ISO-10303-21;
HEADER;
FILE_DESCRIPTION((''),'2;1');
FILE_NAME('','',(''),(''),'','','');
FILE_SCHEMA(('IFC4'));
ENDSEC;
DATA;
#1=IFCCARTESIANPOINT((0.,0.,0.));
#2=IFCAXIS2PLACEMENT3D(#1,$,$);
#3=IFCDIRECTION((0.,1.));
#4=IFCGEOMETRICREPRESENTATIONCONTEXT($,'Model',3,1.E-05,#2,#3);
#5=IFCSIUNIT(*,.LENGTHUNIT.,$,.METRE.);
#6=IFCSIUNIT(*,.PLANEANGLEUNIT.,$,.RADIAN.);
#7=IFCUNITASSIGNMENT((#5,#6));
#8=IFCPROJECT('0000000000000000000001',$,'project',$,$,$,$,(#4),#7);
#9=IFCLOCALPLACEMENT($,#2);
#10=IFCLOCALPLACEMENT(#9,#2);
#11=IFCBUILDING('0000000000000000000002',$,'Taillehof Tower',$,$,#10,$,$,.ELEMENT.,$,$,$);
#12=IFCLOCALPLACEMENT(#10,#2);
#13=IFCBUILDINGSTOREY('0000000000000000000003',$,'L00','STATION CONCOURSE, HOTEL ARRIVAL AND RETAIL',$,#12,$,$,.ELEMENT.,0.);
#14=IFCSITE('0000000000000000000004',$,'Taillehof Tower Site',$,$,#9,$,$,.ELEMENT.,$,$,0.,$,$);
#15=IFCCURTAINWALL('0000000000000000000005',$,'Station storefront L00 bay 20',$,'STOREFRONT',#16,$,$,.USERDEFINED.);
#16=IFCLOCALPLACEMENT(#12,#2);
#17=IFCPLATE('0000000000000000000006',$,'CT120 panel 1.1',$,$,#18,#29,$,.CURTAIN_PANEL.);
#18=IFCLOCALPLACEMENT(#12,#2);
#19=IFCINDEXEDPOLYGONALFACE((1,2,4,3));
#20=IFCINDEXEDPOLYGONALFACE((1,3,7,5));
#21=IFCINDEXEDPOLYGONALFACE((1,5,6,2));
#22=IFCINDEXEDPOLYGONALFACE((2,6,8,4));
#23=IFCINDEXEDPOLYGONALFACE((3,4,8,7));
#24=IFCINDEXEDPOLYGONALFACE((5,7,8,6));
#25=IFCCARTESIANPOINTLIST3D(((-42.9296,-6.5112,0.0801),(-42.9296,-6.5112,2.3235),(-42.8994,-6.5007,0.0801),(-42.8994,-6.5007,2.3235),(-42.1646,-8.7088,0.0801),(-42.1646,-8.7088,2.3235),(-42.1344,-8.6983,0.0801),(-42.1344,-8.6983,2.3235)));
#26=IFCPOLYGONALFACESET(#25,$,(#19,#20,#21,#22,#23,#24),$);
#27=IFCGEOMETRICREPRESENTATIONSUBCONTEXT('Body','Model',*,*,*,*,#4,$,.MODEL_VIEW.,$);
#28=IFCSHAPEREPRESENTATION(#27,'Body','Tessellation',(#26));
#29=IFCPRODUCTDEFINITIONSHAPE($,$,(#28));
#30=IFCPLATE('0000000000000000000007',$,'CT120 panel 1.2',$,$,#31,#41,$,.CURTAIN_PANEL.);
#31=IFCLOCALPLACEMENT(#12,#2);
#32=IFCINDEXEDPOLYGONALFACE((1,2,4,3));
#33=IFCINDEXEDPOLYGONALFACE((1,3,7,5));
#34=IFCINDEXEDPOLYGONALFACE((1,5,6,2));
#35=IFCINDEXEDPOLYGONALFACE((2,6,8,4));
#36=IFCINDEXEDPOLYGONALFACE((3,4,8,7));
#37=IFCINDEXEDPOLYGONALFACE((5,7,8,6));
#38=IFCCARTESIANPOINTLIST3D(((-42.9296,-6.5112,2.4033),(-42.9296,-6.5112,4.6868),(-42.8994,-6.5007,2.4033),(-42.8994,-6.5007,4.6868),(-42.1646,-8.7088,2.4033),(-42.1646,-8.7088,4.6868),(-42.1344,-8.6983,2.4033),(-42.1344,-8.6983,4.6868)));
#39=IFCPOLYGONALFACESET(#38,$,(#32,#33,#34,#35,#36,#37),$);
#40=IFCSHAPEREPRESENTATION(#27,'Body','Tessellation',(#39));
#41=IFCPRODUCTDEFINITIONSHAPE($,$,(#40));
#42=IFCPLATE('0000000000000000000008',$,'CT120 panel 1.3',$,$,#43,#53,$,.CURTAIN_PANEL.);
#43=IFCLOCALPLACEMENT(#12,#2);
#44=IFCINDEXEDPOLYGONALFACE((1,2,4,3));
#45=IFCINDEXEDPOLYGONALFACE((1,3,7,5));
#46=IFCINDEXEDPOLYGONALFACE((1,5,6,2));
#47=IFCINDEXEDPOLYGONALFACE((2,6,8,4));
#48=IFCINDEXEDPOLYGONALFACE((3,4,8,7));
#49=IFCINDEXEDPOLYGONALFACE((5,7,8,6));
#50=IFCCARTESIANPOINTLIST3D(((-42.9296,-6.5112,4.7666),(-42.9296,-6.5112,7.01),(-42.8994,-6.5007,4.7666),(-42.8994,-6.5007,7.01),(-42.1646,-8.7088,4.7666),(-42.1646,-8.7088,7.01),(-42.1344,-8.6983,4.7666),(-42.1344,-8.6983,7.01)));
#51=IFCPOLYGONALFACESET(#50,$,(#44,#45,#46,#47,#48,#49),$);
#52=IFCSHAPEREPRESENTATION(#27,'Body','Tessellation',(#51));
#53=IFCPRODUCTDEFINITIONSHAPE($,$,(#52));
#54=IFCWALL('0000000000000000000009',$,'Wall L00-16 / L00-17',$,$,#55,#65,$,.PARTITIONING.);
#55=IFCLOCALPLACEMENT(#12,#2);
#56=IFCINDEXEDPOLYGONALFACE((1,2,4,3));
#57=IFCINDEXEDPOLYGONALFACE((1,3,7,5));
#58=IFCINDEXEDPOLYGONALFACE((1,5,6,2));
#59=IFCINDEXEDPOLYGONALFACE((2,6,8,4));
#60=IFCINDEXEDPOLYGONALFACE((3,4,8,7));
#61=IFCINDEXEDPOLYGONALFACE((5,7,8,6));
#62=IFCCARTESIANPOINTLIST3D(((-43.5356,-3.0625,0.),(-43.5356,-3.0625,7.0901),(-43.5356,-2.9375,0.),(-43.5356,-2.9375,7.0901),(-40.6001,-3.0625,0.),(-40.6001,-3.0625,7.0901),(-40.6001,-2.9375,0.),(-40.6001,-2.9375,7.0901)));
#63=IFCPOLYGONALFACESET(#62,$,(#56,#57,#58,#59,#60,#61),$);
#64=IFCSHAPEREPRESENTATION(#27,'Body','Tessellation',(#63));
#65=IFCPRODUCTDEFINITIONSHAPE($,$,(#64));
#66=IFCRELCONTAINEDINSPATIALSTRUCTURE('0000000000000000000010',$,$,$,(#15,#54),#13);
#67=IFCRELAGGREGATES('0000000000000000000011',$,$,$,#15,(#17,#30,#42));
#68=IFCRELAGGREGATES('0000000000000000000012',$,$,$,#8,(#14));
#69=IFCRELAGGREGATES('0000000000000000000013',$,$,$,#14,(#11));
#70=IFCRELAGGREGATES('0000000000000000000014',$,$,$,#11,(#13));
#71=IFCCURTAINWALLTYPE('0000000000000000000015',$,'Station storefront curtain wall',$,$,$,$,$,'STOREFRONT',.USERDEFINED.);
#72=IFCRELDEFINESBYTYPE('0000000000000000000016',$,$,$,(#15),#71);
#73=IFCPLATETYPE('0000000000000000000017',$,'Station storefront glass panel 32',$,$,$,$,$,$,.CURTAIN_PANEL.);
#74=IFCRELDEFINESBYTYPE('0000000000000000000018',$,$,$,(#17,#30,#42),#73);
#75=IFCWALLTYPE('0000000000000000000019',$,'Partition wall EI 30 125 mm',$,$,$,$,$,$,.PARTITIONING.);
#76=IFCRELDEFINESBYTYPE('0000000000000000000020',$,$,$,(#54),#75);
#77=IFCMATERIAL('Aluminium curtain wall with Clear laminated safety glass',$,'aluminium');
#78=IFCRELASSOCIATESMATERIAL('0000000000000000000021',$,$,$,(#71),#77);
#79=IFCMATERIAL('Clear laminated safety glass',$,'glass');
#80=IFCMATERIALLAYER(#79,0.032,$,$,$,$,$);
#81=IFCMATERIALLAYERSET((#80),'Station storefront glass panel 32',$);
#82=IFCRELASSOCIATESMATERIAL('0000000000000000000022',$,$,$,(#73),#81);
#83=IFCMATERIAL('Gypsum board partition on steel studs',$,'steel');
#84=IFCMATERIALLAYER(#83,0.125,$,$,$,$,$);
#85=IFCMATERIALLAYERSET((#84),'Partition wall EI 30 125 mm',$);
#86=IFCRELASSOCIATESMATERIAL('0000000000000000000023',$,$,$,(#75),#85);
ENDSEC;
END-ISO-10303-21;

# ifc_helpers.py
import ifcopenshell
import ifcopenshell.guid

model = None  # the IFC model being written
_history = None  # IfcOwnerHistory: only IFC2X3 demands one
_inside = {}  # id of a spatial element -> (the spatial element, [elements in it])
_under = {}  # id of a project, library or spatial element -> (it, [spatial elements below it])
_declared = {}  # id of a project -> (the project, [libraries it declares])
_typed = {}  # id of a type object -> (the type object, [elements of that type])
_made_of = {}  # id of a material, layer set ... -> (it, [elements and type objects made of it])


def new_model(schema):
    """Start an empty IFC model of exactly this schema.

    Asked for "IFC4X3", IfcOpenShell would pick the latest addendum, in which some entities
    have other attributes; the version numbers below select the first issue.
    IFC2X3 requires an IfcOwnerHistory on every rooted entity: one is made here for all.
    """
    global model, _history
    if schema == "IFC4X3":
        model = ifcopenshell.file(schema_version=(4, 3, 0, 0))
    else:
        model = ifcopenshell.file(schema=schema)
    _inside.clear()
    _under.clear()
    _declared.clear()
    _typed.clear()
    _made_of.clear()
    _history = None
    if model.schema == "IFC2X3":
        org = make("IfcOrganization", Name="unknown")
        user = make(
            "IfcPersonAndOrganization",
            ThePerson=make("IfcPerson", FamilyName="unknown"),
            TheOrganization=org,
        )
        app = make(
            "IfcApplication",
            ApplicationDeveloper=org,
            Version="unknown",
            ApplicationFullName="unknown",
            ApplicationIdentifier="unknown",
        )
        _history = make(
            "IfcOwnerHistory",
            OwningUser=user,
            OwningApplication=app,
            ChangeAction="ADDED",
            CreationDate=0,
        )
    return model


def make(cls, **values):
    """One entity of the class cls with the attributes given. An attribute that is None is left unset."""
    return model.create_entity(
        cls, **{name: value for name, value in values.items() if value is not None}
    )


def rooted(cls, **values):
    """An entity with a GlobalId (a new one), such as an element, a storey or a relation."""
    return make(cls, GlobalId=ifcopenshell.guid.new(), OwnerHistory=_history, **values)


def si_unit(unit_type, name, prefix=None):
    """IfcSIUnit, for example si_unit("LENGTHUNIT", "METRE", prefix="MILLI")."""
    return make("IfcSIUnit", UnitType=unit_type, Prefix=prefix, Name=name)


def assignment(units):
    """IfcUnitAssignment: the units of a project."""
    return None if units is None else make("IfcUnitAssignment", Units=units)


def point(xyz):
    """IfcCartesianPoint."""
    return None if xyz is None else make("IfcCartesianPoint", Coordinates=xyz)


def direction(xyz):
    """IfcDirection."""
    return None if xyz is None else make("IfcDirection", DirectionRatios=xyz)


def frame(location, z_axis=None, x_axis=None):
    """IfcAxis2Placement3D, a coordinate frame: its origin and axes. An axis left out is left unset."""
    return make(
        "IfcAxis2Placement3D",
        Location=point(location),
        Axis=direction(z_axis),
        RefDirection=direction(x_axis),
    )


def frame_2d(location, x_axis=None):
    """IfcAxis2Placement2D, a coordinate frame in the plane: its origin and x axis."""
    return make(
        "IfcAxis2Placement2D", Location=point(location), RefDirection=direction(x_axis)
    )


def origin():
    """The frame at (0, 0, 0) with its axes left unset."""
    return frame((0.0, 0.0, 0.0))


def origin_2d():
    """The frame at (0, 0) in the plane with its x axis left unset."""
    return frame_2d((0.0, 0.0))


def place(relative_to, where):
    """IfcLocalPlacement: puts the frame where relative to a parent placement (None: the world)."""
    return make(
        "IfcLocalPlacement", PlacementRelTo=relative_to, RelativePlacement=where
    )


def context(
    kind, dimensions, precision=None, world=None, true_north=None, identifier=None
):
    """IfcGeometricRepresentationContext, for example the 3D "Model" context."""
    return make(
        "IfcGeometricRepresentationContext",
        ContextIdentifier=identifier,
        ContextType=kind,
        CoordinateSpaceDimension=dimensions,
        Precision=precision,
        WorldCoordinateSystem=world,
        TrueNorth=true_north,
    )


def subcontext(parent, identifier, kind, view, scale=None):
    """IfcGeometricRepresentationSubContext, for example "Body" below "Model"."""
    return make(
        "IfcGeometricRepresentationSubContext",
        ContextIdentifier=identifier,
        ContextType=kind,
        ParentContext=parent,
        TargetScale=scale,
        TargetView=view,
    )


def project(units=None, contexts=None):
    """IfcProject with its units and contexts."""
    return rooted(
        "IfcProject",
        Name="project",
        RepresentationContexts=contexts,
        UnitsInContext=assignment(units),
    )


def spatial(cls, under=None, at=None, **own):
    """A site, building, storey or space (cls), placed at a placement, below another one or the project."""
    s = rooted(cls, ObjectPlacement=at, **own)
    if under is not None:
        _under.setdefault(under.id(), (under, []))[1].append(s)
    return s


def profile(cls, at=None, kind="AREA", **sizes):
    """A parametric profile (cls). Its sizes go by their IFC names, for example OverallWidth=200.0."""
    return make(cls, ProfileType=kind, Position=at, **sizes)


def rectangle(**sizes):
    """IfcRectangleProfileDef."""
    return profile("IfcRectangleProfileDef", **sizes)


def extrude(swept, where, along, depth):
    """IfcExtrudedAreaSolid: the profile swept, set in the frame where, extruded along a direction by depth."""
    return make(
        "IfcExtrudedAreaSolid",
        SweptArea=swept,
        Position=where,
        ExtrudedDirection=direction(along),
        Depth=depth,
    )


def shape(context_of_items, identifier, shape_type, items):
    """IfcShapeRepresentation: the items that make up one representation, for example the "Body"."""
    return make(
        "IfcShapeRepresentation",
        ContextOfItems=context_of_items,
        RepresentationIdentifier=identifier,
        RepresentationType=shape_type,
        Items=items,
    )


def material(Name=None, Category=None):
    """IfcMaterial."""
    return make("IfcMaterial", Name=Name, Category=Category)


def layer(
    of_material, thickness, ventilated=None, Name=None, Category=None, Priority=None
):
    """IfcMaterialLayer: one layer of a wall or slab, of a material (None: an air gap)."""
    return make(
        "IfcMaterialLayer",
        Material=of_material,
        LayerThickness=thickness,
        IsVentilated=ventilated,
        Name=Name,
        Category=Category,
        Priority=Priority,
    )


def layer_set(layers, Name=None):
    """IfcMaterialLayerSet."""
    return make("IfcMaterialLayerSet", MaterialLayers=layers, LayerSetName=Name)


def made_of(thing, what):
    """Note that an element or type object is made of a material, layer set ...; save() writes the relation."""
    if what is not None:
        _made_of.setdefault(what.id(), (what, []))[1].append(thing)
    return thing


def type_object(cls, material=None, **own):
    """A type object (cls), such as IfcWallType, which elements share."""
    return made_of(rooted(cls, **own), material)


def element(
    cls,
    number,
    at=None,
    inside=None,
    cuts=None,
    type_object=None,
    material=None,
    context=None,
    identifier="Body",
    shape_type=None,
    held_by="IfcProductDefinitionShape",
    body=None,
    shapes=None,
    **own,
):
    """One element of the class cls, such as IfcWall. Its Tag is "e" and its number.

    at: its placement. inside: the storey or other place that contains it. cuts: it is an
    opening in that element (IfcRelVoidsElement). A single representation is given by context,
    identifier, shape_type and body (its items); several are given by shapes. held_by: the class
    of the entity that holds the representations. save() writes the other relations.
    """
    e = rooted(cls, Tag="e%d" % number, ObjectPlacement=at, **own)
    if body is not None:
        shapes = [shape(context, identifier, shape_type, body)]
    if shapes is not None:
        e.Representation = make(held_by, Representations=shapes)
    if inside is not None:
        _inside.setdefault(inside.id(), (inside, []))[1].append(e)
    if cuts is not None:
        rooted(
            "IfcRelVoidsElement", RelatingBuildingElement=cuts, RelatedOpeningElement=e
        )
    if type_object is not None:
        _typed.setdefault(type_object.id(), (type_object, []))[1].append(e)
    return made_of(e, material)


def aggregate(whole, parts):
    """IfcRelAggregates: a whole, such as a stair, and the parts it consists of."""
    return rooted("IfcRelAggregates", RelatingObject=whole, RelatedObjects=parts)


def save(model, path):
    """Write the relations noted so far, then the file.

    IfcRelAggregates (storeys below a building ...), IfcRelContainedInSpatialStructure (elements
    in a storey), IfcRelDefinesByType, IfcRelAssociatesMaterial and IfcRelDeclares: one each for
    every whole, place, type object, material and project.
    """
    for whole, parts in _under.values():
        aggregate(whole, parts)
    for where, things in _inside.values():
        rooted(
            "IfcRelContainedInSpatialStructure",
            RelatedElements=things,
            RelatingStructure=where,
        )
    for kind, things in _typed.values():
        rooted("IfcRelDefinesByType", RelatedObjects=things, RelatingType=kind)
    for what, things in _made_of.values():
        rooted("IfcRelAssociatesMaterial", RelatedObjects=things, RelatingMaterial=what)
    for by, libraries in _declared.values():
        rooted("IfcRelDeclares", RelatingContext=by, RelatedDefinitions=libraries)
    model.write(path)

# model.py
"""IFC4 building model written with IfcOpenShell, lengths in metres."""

from ifc_helpers import new_model, si_unit, direction, frame, frame_2d, origin, origin_2d, place, context, subcontext, project, spatial, rectangle, extrude, material, layer, layer_set, type_object, element, aggregate, save


model = new_model("IFC4")

# Units and contexts
model_context = context("Model", 3, precision=1e-05, world=origin(), true_north=direction((0.0, 1.0)))
body_context = subcontext(model_context, "Body", "Model", "MODEL_VIEW")
ifc_project = project(units=[si_unit("LENGTHUNIT", "METRE"), si_unit("PLANEANGLEUNIT", "RADIAN")], contexts=[model_context])

# Site, building, storey
site_placement = place(None, origin())
site = spatial("IfcSite", under=ifc_project, at=site_placement, Name="Taillehof Tower Site", CompositionType="ELEMENT", RefElevation=0.0)
building_placement = place(site_placement, origin())
building = spatial("IfcBuilding", under=site, at=building_placement, Name="Taillehof Tower", CompositionType="ELEMENT")
storey_placement = place(building_placement, origin())
storey = spatial("IfcBuildingStorey", under=building, at=storey_placement, Name="L00", Description="STATION CONCOURSE, HOTEL ARRIVAL AND RETAIL", CompositionType="ELEMENT", Elevation=0.0)

# Shared definitions
ifc_material_1 = material(Name="Aluminium curtain wall with Clear laminated safety glass", Category="aluminium")
curtain_wall_type = type_object("IfcCurtainWallType", Name="Station storefront curtain wall", ElementType="STOREFRONT", PredefinedType="USERDEFINED", material=ifc_material_1)

# Curtain wall
curtain_wall_1_placement = place(storey_placement, origin())
curtain_wall_1 = element("IfcCurtainWall", 1, at=curtain_wall_1_placement, inside=storey, type_object=curtain_wall_type, Name="Station storefront L00 bay 20", ObjectType="STOREFRONT", PredefinedType="USERDEFINED")

# Plates
ifc_material_2 = material(Name="Clear laminated safety glass", Category="glass")
ifc_layer_1 = layer(ifc_material_2, 0.032)
ifc_layer_set_1 = layer_set([ifc_layer_1], Name="Station storefront glass panel 32")
plate_type = type_object("IfcPlateType", Name="Station storefront glass panel 32", PredefinedType="CURTAIN_PANEL", material=ifc_layer_set_1)
plate_1_placement = place(storey_placement, frame((-42.532, -7.6047, 0.0801), z_axis=(0.0, 0.0, 1.0), x_axis=(0.328758, -0.944414, 0.0)))
plate_1 = element("IfcPlate", 2, at=plate_1_placement, type_object=plate_type, Name="CT120 panel 1.1", PredefinedType="CURTAIN_PANEL", context=body_context, shape_type="SweptSolid", body=[
    extrude(rectangle(XDim=2.3269, YDim=0.032, at=origin_2d()), origin(), (0.0, 0.0, 1.0), 2.2434),
])
plate_2_placement = place(storey_placement, frame((-42.532, -7.6047, 2.4033), z_axis=(0.0, 0.0, 1.0), x_axis=(0.328758, -0.944414, 0.0)))
plate_2 = element("IfcPlate", 3, at=plate_2_placement, type_object=plate_type, Name="CT120 panel 1.2", PredefinedType="CURTAIN_PANEL", context=body_context, shape_type="SweptSolid", body=[
    extrude(rectangle(XDim=2.3269, YDim=0.032, at=origin_2d()), origin(), (0.0, 0.0, 1.0), 2.2834),
])
plate_3_placement = place(storey_placement, frame((-42.532, -7.6047, 4.7666), z_axis=(0.0, 0.0, 1.0), x_axis=(0.328758, -0.944414, 0.0)))
plate_3 = element("IfcPlate", 4, at=plate_3_placement, type_object=plate_type, Name="CT120 panel 1.3", PredefinedType="CURTAIN_PANEL", context=body_context, shape_type="SweptSolid", body=[
    extrude(rectangle(XDim=2.3269, YDim=0.032, at=origin_2d()), origin(), (0.0, 0.0, 1.0), 2.2434),
])
aggregate(curtain_wall_1, [plate_1, plate_2, plate_3])

# Wall
ifc_material_3 = material(Name="Gypsum board partition on steel studs", Category="steel")
ifc_layer_2 = layer(ifc_material_3, 0.125)
ifc_layer_set_2 = layer_set([ifc_layer_2], Name="Partition wall EI 30 125 mm")
wall_type = type_object("IfcWallType", Name="Partition wall EI 30 125 mm", PredefinedType="PARTITIONING", material=ifc_layer_set_2)
wall_placement = place(storey_placement, frame((-43.5356, -3.0, 0.0), z_axis=(0.0, 0.0, 1.0), x_axis=(1.0, 0.0, 0.0)))
element("IfcWall", 5, at=wall_placement, inside=storey, type_object=wall_type, Name="Wall L00-16 / L00-17", PredefinedType="PARTITIONING", context=body_context, shape_type="SweptSolid", body=[
    extrude(rectangle(XDim=2.9355, YDim=0.125, at=frame_2d((1.4678, 0.0))), origin(), (0.0, 0.0, 1.0), 7.0901),
])

save(model, "model.ifc")
